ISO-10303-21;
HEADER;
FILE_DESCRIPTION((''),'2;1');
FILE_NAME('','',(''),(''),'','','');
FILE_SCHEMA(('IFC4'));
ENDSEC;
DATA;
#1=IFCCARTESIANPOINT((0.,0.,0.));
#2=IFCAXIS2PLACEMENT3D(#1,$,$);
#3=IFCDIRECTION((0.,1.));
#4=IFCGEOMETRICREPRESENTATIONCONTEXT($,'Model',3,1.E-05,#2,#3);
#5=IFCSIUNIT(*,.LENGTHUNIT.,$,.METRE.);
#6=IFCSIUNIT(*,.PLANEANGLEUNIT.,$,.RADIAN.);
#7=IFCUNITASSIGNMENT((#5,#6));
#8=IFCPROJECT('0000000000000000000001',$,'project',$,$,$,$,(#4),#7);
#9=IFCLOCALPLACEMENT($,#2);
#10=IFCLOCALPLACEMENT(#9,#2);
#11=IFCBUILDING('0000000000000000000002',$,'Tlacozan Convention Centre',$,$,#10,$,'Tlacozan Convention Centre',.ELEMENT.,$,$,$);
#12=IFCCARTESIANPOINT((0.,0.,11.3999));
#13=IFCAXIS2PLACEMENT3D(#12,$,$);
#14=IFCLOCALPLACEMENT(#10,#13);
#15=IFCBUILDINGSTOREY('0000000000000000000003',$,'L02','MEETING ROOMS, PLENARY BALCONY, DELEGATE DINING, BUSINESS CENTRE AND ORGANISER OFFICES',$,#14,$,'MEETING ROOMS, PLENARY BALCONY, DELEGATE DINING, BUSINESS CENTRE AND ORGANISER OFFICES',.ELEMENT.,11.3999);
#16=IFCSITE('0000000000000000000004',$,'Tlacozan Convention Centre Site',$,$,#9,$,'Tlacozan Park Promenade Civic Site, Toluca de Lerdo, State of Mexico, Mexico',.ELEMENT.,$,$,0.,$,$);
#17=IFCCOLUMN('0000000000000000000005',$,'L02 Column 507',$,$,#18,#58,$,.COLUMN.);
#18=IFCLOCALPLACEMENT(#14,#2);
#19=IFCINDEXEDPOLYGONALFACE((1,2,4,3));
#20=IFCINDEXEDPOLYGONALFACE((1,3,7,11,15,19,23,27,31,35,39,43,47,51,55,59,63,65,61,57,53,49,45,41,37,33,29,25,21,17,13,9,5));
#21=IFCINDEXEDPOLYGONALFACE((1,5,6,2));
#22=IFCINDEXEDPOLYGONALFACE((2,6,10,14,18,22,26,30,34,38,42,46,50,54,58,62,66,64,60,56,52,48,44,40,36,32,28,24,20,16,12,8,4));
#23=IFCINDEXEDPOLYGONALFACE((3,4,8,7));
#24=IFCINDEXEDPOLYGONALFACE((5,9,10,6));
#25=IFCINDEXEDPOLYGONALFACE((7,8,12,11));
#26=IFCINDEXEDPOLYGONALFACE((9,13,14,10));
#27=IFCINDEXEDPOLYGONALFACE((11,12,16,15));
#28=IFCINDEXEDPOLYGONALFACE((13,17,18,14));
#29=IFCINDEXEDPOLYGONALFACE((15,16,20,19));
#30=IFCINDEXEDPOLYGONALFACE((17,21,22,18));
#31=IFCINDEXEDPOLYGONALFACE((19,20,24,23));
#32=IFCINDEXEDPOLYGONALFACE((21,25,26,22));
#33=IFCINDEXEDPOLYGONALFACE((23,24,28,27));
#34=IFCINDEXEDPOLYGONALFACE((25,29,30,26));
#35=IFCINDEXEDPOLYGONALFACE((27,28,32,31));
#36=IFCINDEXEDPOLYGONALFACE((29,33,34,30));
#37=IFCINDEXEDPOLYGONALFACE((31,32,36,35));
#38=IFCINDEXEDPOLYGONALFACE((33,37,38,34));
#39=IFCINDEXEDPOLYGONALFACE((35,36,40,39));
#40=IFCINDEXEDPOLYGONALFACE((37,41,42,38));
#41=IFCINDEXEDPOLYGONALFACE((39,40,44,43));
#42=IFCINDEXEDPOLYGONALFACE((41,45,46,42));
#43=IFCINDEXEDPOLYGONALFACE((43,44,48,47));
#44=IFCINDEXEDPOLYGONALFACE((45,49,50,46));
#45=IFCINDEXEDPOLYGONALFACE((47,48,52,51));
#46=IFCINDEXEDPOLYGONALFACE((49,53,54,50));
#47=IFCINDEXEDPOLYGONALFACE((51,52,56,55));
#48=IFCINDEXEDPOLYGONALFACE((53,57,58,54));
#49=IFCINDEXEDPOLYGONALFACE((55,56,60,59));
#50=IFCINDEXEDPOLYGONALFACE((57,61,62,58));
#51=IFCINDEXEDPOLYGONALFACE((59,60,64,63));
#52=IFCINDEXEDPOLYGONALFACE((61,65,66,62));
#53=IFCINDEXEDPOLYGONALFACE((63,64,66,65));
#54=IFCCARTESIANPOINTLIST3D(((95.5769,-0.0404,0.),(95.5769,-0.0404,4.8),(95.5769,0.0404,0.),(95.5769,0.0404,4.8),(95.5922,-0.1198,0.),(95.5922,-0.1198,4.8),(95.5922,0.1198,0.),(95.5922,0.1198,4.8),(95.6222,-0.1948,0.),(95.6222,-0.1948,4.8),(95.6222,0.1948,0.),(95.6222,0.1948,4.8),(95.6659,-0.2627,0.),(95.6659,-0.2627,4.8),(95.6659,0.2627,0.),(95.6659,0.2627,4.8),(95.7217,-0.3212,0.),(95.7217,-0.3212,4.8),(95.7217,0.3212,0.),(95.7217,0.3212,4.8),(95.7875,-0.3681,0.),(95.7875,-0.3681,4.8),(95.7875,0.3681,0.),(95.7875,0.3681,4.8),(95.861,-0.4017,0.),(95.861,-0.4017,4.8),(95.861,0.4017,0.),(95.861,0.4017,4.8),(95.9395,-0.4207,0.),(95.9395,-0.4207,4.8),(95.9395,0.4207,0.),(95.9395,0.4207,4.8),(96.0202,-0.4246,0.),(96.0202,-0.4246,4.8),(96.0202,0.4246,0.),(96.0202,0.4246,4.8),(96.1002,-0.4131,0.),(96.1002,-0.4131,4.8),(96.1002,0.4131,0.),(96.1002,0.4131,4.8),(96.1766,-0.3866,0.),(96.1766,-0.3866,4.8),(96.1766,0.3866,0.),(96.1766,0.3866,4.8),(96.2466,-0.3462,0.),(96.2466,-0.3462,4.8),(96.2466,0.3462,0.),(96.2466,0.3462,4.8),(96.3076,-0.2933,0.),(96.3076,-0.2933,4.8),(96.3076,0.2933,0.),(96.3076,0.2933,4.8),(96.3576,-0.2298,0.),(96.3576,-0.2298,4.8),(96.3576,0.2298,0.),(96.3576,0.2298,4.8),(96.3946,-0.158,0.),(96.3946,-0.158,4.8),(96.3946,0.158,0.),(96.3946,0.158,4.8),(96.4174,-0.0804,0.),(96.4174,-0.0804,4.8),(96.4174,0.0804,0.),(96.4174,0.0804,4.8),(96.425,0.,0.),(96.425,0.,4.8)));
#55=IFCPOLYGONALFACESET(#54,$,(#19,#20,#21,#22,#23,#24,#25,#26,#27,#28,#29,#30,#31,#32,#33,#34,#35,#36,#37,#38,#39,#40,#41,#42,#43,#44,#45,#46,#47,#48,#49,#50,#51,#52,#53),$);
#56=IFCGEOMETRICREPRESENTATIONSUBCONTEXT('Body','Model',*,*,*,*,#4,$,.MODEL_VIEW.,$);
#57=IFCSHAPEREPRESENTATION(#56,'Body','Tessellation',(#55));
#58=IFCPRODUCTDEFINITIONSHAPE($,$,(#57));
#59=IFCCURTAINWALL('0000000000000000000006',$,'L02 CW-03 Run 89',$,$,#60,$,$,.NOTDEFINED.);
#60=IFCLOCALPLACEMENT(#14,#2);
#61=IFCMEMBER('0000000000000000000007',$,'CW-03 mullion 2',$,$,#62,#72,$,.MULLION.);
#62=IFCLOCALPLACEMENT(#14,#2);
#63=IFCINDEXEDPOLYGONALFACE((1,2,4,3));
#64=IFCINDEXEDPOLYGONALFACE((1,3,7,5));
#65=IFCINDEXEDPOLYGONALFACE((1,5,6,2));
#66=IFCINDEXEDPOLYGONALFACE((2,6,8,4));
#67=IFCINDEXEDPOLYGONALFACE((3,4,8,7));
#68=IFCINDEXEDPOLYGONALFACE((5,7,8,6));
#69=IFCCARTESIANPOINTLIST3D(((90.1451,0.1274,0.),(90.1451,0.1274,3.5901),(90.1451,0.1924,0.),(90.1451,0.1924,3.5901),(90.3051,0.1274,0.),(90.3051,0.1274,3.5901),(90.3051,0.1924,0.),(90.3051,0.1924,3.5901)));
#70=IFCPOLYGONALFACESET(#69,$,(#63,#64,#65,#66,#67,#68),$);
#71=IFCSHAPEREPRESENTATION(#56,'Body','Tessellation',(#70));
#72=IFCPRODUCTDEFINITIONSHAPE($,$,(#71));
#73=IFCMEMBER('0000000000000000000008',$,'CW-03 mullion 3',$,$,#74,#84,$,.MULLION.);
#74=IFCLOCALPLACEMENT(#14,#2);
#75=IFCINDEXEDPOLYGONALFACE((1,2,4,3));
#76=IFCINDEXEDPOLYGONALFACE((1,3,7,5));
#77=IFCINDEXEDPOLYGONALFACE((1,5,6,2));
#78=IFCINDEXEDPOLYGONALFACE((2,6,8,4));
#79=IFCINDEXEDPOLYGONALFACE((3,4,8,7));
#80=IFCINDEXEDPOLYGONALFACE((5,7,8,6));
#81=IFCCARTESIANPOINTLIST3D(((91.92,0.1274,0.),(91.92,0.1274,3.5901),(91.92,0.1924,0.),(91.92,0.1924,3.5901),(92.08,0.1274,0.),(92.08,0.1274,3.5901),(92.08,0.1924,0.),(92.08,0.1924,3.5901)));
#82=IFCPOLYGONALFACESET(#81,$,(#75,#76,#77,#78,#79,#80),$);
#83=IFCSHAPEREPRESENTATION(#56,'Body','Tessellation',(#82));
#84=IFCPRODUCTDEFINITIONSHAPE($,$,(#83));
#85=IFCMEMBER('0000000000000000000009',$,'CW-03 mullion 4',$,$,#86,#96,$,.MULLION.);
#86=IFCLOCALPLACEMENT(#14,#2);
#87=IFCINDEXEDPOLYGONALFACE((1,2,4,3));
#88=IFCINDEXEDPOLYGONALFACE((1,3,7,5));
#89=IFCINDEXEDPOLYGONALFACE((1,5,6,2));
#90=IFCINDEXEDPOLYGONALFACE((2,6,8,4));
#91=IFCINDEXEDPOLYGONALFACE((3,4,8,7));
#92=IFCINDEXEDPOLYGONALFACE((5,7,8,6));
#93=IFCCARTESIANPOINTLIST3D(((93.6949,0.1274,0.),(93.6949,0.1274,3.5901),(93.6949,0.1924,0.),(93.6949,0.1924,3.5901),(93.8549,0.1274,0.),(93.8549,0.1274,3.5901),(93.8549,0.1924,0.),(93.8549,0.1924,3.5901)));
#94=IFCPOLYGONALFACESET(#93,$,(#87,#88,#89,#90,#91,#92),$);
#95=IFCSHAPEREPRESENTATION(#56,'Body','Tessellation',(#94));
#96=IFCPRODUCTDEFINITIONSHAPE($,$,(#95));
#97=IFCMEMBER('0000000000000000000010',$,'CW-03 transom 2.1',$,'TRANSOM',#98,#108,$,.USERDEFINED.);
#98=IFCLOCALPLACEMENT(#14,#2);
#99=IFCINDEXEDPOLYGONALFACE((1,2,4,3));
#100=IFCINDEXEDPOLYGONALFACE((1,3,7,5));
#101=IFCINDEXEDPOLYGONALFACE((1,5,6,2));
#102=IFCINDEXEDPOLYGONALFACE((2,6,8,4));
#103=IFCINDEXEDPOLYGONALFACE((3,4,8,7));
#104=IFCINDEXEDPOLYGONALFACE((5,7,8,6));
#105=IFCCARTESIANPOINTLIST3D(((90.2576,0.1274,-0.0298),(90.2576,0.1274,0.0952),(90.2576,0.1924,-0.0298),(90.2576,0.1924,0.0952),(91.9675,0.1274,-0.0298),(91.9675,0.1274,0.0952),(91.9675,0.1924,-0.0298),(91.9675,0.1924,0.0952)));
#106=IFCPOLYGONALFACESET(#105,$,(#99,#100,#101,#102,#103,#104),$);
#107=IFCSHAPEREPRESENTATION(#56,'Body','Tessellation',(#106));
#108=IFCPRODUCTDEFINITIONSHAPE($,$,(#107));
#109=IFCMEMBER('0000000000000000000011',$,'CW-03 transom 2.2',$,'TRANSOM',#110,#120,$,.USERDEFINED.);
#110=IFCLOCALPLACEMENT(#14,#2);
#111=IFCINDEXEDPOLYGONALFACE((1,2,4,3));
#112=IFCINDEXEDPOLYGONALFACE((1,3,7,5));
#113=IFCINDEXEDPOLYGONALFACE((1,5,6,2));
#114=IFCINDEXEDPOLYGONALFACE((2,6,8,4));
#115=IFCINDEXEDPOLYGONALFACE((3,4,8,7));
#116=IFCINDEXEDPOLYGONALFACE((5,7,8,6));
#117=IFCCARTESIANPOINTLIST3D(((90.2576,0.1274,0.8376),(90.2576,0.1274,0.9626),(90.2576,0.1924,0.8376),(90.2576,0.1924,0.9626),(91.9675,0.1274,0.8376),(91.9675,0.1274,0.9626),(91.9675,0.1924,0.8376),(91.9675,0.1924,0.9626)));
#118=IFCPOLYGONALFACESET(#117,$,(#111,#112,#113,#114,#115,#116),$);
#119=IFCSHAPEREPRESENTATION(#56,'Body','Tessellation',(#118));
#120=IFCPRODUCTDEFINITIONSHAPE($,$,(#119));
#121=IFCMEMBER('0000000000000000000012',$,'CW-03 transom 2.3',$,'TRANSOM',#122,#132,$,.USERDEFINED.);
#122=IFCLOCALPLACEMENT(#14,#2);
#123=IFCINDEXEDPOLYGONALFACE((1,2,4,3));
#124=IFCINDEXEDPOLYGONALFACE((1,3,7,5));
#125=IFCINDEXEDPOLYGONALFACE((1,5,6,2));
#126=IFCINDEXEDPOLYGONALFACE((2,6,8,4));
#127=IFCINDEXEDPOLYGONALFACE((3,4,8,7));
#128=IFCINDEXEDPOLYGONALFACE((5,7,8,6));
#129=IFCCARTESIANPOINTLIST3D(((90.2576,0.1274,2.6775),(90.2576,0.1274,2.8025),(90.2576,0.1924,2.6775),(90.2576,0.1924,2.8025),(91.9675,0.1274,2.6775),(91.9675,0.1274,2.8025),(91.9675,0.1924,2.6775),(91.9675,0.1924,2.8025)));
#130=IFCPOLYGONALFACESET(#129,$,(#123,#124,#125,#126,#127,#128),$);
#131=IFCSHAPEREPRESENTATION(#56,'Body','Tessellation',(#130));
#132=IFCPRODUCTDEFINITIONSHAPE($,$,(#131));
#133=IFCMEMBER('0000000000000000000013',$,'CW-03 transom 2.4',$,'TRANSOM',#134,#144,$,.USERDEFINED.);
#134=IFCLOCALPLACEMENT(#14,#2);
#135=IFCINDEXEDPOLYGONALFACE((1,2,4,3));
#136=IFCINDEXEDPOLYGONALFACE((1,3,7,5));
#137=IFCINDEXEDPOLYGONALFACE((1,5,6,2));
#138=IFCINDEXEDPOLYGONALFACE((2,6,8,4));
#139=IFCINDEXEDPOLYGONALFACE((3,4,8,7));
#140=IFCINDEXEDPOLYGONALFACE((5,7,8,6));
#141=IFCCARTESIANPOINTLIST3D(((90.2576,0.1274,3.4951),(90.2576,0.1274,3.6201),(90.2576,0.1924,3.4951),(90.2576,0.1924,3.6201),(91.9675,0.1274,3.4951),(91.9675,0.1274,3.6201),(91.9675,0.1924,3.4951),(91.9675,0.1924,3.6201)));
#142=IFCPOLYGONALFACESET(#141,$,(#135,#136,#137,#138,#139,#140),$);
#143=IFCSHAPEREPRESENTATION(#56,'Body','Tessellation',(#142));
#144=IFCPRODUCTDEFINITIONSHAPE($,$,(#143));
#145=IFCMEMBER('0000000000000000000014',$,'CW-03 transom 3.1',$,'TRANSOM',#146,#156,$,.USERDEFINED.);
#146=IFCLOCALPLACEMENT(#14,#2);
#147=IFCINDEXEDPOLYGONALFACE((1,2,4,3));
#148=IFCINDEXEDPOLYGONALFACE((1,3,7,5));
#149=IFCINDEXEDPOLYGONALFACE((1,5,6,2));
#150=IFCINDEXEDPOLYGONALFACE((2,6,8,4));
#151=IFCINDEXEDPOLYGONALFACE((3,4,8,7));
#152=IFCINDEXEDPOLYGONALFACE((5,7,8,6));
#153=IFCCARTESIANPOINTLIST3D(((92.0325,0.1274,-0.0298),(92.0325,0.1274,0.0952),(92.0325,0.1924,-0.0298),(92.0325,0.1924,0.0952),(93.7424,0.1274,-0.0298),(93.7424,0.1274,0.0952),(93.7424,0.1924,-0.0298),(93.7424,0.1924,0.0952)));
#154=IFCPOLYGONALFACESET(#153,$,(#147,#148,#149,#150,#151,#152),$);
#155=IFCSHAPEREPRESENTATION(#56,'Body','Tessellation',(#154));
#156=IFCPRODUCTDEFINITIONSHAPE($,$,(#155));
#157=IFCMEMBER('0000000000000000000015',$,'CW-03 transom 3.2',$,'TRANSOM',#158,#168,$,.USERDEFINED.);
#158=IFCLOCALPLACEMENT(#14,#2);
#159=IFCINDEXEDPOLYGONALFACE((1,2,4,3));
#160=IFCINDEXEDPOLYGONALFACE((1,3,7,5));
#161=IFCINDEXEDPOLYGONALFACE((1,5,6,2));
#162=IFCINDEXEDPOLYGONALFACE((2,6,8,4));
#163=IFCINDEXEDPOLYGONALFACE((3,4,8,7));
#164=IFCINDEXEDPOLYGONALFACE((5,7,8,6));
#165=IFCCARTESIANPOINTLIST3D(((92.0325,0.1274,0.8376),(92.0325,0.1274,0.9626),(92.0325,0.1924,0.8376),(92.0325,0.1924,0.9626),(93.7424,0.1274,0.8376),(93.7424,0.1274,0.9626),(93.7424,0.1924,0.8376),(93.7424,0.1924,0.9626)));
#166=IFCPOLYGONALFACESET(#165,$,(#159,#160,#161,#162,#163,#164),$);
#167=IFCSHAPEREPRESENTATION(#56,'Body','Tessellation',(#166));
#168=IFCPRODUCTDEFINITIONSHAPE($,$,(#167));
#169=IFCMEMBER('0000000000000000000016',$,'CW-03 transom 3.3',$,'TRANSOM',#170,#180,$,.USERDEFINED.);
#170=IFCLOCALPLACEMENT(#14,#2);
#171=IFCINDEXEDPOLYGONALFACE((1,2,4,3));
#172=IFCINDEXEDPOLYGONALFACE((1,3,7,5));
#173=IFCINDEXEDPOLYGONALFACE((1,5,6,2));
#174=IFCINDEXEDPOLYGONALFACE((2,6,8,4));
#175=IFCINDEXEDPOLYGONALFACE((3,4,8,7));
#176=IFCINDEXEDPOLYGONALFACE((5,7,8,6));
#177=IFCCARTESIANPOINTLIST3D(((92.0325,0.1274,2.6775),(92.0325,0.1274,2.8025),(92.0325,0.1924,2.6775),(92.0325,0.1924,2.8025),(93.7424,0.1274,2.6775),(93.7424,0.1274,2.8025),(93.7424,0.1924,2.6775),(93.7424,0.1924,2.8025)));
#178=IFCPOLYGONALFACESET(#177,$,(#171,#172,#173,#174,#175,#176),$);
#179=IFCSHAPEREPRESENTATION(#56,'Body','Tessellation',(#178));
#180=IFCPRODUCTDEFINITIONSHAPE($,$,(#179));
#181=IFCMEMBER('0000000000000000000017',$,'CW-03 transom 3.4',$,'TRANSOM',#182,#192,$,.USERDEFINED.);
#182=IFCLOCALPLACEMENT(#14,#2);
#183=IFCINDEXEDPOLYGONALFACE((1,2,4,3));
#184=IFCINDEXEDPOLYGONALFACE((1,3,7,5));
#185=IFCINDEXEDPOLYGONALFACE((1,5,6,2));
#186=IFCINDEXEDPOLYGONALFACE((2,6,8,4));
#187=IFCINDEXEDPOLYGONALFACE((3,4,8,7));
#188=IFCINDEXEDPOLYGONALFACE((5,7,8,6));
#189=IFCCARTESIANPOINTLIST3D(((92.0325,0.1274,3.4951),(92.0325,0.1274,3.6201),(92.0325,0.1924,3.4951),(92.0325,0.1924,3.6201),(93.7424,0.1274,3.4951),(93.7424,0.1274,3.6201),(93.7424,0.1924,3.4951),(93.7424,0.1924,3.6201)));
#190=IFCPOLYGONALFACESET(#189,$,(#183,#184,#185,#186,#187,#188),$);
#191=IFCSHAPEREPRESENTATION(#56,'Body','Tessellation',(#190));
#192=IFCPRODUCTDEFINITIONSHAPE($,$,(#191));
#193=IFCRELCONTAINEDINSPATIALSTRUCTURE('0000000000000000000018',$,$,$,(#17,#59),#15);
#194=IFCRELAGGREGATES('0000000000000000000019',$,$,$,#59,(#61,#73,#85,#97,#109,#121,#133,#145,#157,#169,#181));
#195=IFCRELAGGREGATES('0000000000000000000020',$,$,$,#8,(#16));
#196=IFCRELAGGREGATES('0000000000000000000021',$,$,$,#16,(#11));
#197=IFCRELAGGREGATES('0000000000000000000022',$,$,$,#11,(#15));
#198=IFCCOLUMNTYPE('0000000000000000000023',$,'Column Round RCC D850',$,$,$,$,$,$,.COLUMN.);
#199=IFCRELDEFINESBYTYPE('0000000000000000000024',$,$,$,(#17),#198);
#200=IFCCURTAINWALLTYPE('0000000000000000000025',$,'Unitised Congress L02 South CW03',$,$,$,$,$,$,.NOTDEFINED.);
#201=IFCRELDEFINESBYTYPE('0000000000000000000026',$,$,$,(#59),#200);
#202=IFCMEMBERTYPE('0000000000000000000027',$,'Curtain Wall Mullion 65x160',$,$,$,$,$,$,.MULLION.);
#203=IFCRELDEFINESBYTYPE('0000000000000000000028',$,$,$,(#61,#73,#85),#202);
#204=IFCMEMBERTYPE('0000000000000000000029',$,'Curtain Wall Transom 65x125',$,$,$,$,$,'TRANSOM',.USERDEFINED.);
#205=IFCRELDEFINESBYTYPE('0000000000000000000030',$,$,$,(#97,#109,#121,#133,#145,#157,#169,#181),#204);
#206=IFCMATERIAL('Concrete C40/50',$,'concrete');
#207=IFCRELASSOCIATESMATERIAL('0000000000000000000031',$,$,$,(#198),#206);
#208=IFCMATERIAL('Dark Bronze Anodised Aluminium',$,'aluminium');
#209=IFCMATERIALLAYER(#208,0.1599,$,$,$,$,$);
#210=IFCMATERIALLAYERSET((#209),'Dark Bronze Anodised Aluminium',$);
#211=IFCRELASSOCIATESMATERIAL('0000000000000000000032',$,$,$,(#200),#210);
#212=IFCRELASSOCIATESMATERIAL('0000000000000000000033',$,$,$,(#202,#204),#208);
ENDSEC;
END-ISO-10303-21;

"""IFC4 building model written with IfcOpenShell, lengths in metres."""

from ifc_helpers import new_model, si_unit, direction, frame, origin, origin_2d, place, context, subcontext, project, spatial, rectangle, circle, extrude, material, layer, layer_set, material_profile, profile_set, type_object, element, aggregate, save


model = new_model("IFC4")

# Units and contexts
model_context = context("Model", 3, precision=1e-05, world=origin(), true_north=direction((0.0, 1.0)))
body_context = subcontext(model_context, "Body", "Model", "MODEL_VIEW")
ifc_project = project(units=[si_unit("LENGTHUNIT", "METRE"), si_unit("PLANEANGLEUNIT", "RADIAN")], contexts=[model_context])

# Site, building, storey
site_placement = place(None, origin())
site = spatial("IfcSite", under=ifc_project, at=site_placement, Name="Tlacozan Convention Centre Site", LongName="Tlacozan Park Promenade Civic Site, Toluca de Lerdo, State of Mexico, Mexico", CompositionType="ELEMENT", RefElevation=0.0)
building_placement = place(site_placement, origin())
building = spatial("IfcBuilding", under=site, at=building_placement, Name="Tlacozan Convention Centre", LongName="Tlacozan Convention Centre", CompositionType="ELEMENT")
storey_placement = place(building_placement, frame((0.0, 0.0, 11.3999)))
storey = spatial("IfcBuildingStorey", under=building, at=storey_placement, Name="L02", Description="MEETING ROOMS, PLENARY BALCONY, DELEGATE DINING, BUSINESS CENTRE AND ORGANISER OFFICES", LongName="MEETING ROOMS, PLENARY BALCONY, DELEGATE DINING, BUSINESS CENTRE AND ORGANISER OFFICES", CompositionType="ELEMENT", Elevation=11.3999)

# Column
ifc_material_1 = material(Name="Concrete C40/50", Category="concrete")
ifc_material_profile_1 = material_profile(ifc_material_1, circle(Radius=0.425, at=origin_2d()), Name="RCC D850")
ifc_profile_set_1 = profile_set([ifc_material_profile_1], Name="Concrete C40/50")
column_type = type_object("IfcColumnType", Name="Column Round RCC D850", PredefinedType="COLUMN", material=ifc_profile_set_1)
column_placement = place(storey_placement, frame((96.0, 0.0, 0.0), z_axis=(0.0, 0.0, 1.0), x_axis=(1.0, 0.0, 0.0)))
element("IfcColumn", 1, at=column_placement, inside=storey, type_object=column_type, Name="L02 Column 507", PredefinedType="COLUMN", context=body_context, shape_type="SweptSolid", body=[
    extrude(circle(Radius=0.425, at=origin_2d()), origin(), (0.0, 0.0, 1.0), 4.8),
])

# Curtain wall, members
ifc_material_2 = material(Name="Dark Bronze Anodised Aluminium", Category="aluminium")
ifc_layer_1 = layer(ifc_material_2, 0.1599)
ifc_layer_set_1 = layer_set([ifc_layer_1], Name="Dark Bronze Anodised Aluminium")
curtain_wall_type = type_object("IfcCurtainWallType", Name="Unitised Congress L02 South CW03", PredefinedType="NOTDEFINED", material=ifc_layer_set_1)
curtain_wall_placement = place(storey_placement, origin())
curtain_wall = element("IfcCurtainWall", 2, at=curtain_wall_placement, inside=storey, type_object=curtain_wall_type, Name="L02 CW-03 Run 89", PredefinedType="NOTDEFINED")
ifc_material_profile_2 = material_profile(ifc_material_2, rectangle(XDim=0.0649, YDim=0.1599, at=origin_2d()), Name="ALU 65x160")
ifc_profile_set_2 = profile_set([ifc_material_profile_2], Name="Dark Bronze Anodised Aluminium")
member_type_1 = type_object("IfcMemberType", Name="Curtain Wall Mullion 65x160", PredefinedType="MULLION", material=ifc_profile_set_2)
member_1_placement = place(storey_placement, frame((90.2251, 0.1599, 0.0), z_axis=(0.0, 0.0, 1.0), x_axis=(0.0, 1.0, 0.0)))
member_1 = element("IfcMember", 3, at=member_1_placement, type_object=member_type_1, Name="CW-03 mullion 2", PredefinedType="MULLION", context=body_context, shape_type="SweptSolid", body=[
    extrude(rectangle(XDim=0.0649, YDim=0.1599, at=origin_2d()), origin(), (0.0, 0.0, 1.0), 3.5901),
])
member_2_placement = place(storey_placement, frame((92.0, 0.1599, 0.0), z_axis=(0.0, 0.0, 1.0), x_axis=(0.0, 1.0, 0.0)))
member_2 = element("IfcMember", 4, at=member_2_placement, type_object=member_type_1, Name="CW-03 mullion 3", PredefinedType="MULLION", context=body_context, shape_type="SweptSolid", body=[
    extrude(rectangle(XDim=0.0649, YDim=0.1599, at=origin_2d()), origin(), (0.0, 0.0, 1.0), 3.5901),
])
member_3_placement = place(storey_placement, frame((93.7749, 0.1599, 0.0), z_axis=(0.0, 0.0, 1.0), x_axis=(0.0, 1.0, 0.0)))
member_3 = element("IfcMember", 5, at=member_3_placement, type_object=member_type_1, Name="CW-03 mullion 4", PredefinedType="MULLION", context=body_context, shape_type="SweptSolid", body=[
    extrude(rectangle(XDim=0.0649, YDim=0.1599, at=origin_2d()), origin(), (0.0, 0.0, 1.0), 3.5901),
])
ifc_material_profile_3 = material_profile(ifc_material_2, rectangle(XDim=0.0649, YDim=0.125, at=origin_2d()), Name="ALU 65x125")
ifc_profile_set_3 = profile_set([ifc_material_profile_3], Name="Dark Bronze Anodised Aluminium")
member_type_2 = type_object("IfcMemberType", Name="Curtain Wall Transom 65x125", ElementType="TRANSOM", PredefinedType="USERDEFINED", material=ifc_profile_set_3)
member_4_placement = place(storey_placement, frame((90.2576, 0.1599, 0.0327), z_axis=(1.0, 0.0, 0.0), x_axis=(0.0, 1.0, 0.0)))
member_4 = element("IfcMember", 6, at=member_4_placement, type_object=member_type_2, Name="CW-03 transom 2.1", ObjectType="TRANSOM", PredefinedType="USERDEFINED", context=body_context, shape_type="SweptSolid", body=[
    extrude(rectangle(XDim=0.0649, YDim=0.125, at=origin_2d()), origin(), (0.0, 0.0, 1.0), 1.71),
])
member_5_placement = place(storey_placement, frame((90.2576, 0.1599, 0.9001), z_axis=(1.0, 0.0, 0.0), x_axis=(0.0, 1.0, 0.0)))
member_5 = element("IfcMember", 7, at=member_5_placement, type_object=member_type_2, Name="CW-03 transom 2.2", ObjectType="TRANSOM", PredefinedType="USERDEFINED", context=body_context, shape_type="SweptSolid", body=[
    extrude(rectangle(XDim=0.0649, YDim=0.125, at=origin_2d()), origin(), (0.0, 0.0, 1.0), 1.71),
])
member_6_placement = place(storey_placement, frame((90.2576, 0.1599, 2.74), z_axis=(1.0, 0.0, 0.0), x_axis=(0.0, 1.0, 0.0)))
member_6 = element("IfcMember", 8, at=member_6_placement, type_object=member_type_2, Name="CW-03 transom 2.3", ObjectType="TRANSOM", PredefinedType="USERDEFINED", context=body_context, shape_type="SweptSolid", body=[
    extrude(rectangle(XDim=0.0649, YDim=0.125, at=origin_2d()), origin(), (0.0, 0.0, 1.0), 1.71),
])
member_7_placement = place(storey_placement, frame((90.2576, 0.1599, 3.5576), z_axis=(1.0, 0.0, 0.0), x_axis=(0.0, 1.0, 0.0)))
member_7 = element("IfcMember", 9, at=member_7_placement, type_object=member_type_2, Name="CW-03 transom 2.4", ObjectType="TRANSOM", PredefinedType="USERDEFINED", context=body_context, shape_type="SweptSolid", body=[
    extrude(rectangle(XDim=0.0649, YDim=0.125, at=origin_2d()), origin(), (0.0, 0.0, 1.0), 1.71),
])
member_8_placement = place(storey_placement, frame((92.0325, 0.1599, 0.0327), z_axis=(1.0, 0.0, 0.0), x_axis=(0.0, 1.0, 0.0)))
member_8 = element("IfcMember", 10, at=member_8_placement, type_object=member_type_2, Name="CW-03 transom 3.1", ObjectType="TRANSOM", PredefinedType="USERDEFINED", context=body_context, shape_type="SweptSolid", body=[
    extrude(rectangle(XDim=0.0649, YDim=0.125, at=origin_2d()), origin(), (0.0, 0.0, 1.0), 1.71),
])
member_9_placement = place(storey_placement, frame((92.0325, 0.1599, 0.9001), z_axis=(1.0, 0.0, 0.0), x_axis=(0.0, 1.0, 0.0)))
member_9 = element("IfcMember", 11, at=member_9_placement, type_object=member_type_2, Name="CW-03 transom 3.2", ObjectType="TRANSOM", PredefinedType="USERDEFINED", context=body_context, shape_type="SweptSolid", body=[
    extrude(rectangle(XDim=0.0649, YDim=0.125, at=origin_2d()), origin(), (0.0, 0.0, 1.0), 1.71),
])
member_10_placement = place(storey_placement, frame((92.0325, 0.1599, 2.74), z_axis=(1.0, 0.0, 0.0), x_axis=(0.0, 1.0, 0.0)))
member_10 = element("IfcMember", 12, at=member_10_placement, type_object=member_type_2, Name="CW-03 transom 3.3", ObjectType="TRANSOM", PredefinedType="USERDEFINED", context=body_context, shape_type="SweptSolid", body=[
    extrude(rectangle(XDim=0.0649, YDim=0.125, at=origin_2d()), origin(), (0.0, 0.0, 1.0), 1.71),
])
member_11_placement = place(storey_placement, frame((92.0325, 0.1599, 3.5576), z_axis=(1.0, 0.0, 0.0), x_axis=(0.0, 1.0, 0.0)))
member_11 = element("IfcMember", 13, at=member_11_placement, type_object=member_type_2, Name="CW-03 transom 3.4", ObjectType="TRANSOM", PredefinedType="USERDEFINED", context=body_context, shape_type="SweptSolid", body=[
    extrude(rectangle(XDim=0.0649, YDim=0.125, at=origin_2d()), origin(), (0.0, 0.0, 1.0), 1.71),
])

aggregate(curtain_wall, [member_1, member_2, member_3, member_4, member_5, member_6, member_7, member_8, member_9, member_10, member_11])

save(model, "model.ifc")
